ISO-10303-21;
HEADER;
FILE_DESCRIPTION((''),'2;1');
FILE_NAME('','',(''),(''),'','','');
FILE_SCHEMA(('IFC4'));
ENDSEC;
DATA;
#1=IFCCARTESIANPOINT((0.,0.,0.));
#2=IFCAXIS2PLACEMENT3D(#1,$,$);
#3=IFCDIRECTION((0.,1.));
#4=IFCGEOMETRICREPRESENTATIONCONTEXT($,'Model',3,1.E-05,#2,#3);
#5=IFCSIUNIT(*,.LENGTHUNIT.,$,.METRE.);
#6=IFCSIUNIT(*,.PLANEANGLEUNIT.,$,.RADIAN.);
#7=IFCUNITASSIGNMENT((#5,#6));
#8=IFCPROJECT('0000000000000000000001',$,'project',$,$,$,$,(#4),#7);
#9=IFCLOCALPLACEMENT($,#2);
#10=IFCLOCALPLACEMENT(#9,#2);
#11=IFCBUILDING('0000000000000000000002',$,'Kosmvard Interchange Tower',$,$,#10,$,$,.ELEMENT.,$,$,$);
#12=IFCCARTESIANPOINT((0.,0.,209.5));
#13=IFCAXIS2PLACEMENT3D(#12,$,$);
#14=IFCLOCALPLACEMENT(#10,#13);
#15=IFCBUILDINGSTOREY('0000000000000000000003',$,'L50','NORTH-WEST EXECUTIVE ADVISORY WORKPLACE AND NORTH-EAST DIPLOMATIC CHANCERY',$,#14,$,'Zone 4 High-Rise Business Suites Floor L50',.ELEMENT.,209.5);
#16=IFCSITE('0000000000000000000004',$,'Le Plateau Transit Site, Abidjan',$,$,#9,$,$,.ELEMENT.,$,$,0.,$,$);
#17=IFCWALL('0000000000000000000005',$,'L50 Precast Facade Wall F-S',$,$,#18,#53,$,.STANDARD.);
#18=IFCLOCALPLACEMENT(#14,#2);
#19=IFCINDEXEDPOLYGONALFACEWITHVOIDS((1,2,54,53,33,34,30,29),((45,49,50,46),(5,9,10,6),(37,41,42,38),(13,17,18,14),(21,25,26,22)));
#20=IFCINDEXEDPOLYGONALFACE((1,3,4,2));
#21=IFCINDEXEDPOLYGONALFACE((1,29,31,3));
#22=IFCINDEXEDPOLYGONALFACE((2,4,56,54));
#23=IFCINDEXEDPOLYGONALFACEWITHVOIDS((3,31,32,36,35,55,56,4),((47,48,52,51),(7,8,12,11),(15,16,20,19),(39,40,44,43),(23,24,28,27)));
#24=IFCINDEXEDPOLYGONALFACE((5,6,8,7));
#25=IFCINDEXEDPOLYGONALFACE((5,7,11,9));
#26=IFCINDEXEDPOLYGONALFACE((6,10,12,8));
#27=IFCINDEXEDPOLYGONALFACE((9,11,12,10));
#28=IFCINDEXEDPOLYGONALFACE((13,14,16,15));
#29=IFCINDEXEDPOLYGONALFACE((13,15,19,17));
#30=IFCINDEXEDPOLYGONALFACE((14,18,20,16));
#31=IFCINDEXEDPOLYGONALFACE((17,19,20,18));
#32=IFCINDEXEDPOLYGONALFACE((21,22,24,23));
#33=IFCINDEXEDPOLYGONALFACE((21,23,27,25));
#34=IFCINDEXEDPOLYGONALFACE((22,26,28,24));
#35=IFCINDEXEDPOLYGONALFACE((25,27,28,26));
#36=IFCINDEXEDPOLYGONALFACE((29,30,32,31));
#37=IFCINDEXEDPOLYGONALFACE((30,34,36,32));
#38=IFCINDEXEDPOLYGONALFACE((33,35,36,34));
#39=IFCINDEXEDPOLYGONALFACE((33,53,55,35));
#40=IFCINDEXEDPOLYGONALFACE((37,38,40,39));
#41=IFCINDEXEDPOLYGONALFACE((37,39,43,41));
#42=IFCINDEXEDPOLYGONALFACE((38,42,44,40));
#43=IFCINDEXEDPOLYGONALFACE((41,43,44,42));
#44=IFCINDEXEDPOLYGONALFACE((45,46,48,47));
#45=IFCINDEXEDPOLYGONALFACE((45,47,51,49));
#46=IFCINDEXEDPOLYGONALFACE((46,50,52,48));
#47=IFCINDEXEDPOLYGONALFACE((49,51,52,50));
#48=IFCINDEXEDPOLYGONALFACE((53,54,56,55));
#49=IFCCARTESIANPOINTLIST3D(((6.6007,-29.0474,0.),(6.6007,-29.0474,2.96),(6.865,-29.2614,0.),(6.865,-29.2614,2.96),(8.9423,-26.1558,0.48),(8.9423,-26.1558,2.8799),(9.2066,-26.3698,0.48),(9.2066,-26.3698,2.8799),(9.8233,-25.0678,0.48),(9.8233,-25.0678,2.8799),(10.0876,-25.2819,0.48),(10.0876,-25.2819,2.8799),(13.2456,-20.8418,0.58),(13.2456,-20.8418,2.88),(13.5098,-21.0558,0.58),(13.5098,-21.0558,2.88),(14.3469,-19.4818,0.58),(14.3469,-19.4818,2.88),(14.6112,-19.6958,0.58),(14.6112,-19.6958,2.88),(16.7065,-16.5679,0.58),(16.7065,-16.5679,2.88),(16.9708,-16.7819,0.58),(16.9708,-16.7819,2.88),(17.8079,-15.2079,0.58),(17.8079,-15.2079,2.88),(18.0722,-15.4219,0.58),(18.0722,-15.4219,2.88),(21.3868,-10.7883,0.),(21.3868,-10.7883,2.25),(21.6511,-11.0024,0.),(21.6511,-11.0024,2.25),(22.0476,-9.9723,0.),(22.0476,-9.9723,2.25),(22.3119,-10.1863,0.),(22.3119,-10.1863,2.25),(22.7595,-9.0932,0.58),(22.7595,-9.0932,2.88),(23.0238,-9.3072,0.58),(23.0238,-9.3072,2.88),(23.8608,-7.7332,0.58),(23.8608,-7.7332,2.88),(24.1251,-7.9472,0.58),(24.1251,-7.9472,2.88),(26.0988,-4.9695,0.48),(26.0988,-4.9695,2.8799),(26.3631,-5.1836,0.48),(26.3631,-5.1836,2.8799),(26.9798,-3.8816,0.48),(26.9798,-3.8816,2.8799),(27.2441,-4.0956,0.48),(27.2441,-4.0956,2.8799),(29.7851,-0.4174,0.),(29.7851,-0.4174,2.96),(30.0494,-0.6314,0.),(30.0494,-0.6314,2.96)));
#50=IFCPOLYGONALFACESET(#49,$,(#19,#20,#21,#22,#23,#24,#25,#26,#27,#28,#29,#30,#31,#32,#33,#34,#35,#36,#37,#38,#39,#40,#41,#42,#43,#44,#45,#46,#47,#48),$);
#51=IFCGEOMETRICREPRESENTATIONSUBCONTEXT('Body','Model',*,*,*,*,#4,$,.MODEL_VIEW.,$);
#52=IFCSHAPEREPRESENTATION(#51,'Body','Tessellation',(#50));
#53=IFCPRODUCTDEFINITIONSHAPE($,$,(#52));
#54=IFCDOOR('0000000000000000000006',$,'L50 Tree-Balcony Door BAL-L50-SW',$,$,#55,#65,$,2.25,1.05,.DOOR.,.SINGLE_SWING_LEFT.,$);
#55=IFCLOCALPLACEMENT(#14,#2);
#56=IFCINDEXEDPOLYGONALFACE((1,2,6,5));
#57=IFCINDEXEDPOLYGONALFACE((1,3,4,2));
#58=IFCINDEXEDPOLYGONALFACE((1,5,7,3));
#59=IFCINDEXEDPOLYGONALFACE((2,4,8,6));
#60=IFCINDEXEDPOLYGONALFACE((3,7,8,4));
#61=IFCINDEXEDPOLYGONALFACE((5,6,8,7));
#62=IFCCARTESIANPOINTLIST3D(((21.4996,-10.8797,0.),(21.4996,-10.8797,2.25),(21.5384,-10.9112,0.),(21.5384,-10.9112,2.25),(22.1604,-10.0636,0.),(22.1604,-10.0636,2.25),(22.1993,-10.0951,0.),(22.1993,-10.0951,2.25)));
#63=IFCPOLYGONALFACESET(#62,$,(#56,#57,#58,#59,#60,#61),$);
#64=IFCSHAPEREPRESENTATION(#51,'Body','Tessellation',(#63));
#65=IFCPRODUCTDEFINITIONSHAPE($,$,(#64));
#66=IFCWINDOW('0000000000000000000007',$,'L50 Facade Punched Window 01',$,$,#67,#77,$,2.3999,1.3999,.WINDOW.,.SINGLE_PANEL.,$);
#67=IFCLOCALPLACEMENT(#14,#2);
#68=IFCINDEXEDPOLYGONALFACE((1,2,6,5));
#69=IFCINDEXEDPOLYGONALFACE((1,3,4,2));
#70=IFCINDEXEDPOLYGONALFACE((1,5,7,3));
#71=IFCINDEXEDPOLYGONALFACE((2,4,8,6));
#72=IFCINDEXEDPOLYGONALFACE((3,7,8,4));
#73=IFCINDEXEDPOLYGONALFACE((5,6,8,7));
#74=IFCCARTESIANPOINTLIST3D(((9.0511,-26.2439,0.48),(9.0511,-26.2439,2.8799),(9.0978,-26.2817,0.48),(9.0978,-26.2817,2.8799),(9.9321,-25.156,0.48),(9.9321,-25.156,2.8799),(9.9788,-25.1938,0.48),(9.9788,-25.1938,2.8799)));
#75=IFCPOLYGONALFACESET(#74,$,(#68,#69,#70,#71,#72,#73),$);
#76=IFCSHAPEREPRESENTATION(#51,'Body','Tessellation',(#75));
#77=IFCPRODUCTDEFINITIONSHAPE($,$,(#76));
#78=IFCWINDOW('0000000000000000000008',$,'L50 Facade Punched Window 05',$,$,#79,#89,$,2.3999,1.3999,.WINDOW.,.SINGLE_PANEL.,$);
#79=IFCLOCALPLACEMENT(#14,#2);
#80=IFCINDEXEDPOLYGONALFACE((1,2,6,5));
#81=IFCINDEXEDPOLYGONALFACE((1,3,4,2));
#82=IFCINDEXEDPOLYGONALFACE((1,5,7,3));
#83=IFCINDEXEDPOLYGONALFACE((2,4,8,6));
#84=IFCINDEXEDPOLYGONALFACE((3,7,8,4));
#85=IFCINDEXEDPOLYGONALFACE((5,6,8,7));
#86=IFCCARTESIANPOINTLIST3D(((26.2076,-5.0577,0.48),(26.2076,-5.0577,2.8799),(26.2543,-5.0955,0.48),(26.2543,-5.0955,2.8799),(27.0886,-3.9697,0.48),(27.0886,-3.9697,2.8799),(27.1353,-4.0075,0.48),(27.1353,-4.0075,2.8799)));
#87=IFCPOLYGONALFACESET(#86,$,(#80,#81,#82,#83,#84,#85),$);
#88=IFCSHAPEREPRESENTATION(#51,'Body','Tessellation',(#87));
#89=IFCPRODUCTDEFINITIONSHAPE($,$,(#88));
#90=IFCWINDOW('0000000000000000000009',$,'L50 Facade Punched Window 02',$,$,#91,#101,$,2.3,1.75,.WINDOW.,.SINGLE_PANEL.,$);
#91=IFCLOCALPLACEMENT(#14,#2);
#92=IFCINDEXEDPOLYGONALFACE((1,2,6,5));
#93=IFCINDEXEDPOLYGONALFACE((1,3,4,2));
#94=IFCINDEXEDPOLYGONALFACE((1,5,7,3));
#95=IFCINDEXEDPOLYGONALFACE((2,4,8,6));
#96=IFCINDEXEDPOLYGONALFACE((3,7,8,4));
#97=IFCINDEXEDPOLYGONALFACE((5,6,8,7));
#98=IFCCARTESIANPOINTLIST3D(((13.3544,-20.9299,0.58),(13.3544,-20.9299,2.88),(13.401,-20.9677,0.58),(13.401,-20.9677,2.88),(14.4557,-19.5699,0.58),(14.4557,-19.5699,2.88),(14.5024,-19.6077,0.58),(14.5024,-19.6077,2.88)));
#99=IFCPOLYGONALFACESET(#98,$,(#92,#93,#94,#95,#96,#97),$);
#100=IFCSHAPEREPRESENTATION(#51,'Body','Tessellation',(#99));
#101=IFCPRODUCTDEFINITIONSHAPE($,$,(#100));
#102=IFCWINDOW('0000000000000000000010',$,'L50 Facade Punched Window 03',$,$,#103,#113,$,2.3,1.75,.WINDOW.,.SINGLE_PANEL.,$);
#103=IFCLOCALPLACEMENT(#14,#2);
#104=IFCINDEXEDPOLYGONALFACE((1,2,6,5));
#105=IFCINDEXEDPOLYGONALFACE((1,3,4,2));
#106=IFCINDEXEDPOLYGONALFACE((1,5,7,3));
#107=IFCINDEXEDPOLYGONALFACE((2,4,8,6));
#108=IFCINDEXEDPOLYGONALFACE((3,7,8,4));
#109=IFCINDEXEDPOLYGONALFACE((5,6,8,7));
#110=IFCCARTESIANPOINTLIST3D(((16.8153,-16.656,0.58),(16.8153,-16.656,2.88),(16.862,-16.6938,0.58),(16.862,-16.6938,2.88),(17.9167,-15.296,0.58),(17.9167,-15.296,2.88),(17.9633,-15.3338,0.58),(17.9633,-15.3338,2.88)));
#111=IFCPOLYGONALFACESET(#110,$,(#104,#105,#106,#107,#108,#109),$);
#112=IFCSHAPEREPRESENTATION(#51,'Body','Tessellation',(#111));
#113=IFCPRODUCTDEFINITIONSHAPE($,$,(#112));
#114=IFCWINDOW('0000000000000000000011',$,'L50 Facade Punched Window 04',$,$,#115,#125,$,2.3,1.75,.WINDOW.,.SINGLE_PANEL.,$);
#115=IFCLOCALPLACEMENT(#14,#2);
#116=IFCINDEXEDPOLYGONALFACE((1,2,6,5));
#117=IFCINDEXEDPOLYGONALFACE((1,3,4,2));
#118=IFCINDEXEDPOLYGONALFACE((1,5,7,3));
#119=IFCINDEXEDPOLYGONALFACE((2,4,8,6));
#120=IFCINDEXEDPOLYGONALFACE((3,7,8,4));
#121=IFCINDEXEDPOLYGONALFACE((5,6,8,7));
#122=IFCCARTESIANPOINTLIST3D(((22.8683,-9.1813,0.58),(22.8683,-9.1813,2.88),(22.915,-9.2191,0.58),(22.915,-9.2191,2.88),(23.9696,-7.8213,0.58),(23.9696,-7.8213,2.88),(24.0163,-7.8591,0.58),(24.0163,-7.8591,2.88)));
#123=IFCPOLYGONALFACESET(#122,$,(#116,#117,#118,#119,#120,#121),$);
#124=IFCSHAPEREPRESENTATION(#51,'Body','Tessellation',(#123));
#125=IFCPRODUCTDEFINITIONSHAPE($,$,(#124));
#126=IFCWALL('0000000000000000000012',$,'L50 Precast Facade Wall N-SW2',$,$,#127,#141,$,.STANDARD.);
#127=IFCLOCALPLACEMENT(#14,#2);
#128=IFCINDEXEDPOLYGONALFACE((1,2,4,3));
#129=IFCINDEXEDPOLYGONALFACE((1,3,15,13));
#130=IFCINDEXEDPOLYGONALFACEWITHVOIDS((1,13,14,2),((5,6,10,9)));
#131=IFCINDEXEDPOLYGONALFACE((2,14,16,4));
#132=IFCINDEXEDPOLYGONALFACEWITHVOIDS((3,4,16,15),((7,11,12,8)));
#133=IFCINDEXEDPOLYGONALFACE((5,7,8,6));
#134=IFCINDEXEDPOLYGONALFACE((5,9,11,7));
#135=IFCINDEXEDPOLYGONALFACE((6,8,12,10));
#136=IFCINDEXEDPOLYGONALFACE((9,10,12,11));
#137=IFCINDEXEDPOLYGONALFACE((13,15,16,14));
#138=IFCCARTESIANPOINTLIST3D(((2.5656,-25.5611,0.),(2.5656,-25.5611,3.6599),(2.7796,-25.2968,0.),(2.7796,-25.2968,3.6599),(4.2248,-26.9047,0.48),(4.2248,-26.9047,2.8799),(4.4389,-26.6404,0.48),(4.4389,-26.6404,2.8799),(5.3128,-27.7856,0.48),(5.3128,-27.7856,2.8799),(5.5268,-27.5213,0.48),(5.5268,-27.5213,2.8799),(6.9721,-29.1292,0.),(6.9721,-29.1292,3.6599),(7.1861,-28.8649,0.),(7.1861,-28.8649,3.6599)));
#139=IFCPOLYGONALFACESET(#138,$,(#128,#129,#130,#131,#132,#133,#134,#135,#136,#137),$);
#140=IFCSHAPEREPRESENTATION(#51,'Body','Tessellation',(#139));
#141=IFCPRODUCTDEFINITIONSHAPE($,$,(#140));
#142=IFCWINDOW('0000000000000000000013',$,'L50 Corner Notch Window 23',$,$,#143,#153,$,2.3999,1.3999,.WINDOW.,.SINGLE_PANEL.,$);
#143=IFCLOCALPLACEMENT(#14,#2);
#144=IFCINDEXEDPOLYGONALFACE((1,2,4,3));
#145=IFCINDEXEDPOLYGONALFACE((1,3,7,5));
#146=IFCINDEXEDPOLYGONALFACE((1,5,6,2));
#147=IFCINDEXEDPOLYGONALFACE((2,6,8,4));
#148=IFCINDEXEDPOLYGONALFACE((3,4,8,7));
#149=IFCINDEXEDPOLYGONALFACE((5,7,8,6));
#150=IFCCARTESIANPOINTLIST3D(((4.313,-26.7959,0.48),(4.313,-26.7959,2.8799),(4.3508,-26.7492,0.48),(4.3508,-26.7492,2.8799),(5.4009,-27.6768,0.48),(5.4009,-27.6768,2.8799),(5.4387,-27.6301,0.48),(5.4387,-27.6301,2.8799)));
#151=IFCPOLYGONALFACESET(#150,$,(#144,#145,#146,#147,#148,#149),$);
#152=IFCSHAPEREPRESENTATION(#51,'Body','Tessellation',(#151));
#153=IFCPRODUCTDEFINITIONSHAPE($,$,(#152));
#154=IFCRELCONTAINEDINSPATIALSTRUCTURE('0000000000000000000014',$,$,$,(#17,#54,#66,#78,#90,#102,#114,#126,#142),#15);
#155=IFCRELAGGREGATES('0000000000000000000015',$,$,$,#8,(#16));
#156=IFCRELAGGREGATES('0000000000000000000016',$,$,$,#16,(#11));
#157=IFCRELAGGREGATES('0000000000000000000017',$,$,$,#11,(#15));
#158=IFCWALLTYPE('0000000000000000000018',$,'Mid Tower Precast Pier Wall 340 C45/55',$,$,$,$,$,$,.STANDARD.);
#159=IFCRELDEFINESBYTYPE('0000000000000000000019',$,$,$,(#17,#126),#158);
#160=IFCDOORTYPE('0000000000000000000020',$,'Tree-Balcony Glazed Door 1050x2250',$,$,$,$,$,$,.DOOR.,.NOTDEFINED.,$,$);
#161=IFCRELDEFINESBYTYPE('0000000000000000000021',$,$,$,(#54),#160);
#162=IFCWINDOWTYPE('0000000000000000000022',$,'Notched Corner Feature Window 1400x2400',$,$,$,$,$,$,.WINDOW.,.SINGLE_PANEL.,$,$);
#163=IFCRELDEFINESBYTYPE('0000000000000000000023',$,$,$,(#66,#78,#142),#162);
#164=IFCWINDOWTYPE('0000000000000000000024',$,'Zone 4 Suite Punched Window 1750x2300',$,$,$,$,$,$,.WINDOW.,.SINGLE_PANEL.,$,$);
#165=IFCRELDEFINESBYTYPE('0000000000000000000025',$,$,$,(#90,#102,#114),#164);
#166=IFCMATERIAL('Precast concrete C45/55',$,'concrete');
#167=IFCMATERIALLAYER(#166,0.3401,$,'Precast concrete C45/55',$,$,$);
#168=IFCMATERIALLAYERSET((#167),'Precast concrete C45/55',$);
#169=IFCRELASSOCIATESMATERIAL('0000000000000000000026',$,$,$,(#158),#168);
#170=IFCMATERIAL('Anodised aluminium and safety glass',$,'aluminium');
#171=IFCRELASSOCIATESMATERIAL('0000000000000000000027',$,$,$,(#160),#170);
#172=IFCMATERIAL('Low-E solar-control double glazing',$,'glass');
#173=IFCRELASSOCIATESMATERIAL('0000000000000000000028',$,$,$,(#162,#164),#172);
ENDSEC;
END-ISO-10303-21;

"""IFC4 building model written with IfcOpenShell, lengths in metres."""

from ifc_helpers import new_model, si_unit, direction, frame, frame_2d, origin, place, context, subcontext, project, spatial, rectangle, extrude, source, transform, mapped, material, layer, layer_set, type_object, element, fill, save


model = new_model("IFC4")

# Units and contexts
model_context = context("Model", 3, precision=1e-05, world=origin(), true_north=direction((0.0, 1.0)))
body_context = subcontext(model_context, "Body", "Model", "MODEL_VIEW")
ifc_project = project(units=[si_unit("LENGTHUNIT", "METRE"), si_unit("PLANEANGLEUNIT", "RADIAN")], contexts=[model_context])

# Site, building, storey
site_placement = place(None, origin())
site = spatial("IfcSite", under=ifc_project, at=site_placement, Name="Le Plateau Transit Site, Abidjan", CompositionType="ELEMENT", RefElevation=0.0)
building_placement = place(site_placement, origin())
building = spatial("IfcBuilding", under=site, at=building_placement, Name="Kosmvard Interchange Tower", CompositionType="ELEMENT")
storey_placement = place(building_placement, frame((0.0, 0.0, 209.5)))
storey = spatial("IfcBuildingStorey", under=building, at=storey_placement, Name="L50", Description="NORTH-WEST EXECUTIVE ADVISORY WORKPLACE AND NORTH-EAST DIPLOMATIC CHANCERY", LongName="Zone 4 High-Rise Business Suites Floor L50", CompositionType="ELEMENT", Elevation=209.5)

# Wall, openings, door, windows
ifc_material_1 = material(Name="Precast concrete C45/55", Category="concrete")
ifc_layer_1 = layer(ifc_material_1, 0.3401, Name="Precast concrete C45/55")
ifc_layer_set_1 = layer_set([ifc_layer_1], Name="Precast concrete C45/55")
wall_type_1 = type_object("IfcWallType", Name="Mid Tower Precast Pier Wall 340 C45/55", PredefinedType="STANDARD", material=ifc_layer_set_1)
wall_1_placement = place(storey_placement, frame((6.7329, -29.1543, 0.0), z_axis=(0.0, 0.0, 1.0), x_axis=(0.629325, 0.777142, 0.0)))
wall_1 = element("IfcWall", 1, at=wall_1_placement, inside=storey, type_object=wall_type_1, Name="L50 Precast Facade Wall F-S", PredefinedType="STANDARD", context=body_context, shape_type="SweptSolid", body=[
    extrude(rectangle(XDim=36.8401, YDim=0.3401, at=frame_2d((18.4199, 0.0))), origin(), (0.0, 0.0, 1.0), 2.96),
])
opening_1_placement = place(wall_1_placement, frame((23.4951, 0.0, 0.0)))
opening_1 = element("IfcOpeningElement", 2, at=opening_1_placement, cuts=wall_1, PredefinedType="OPENING", context=body_context, shape_type="SweptSolid", body=[
    extrude(rectangle(XDim=1.05, YDim=2.25, at=frame_2d((0.5249, 1.125))), frame((0.0, 0.1802, 0.0), z_axis=(0.0, -1.0, 0.0), x_axis=(1.0, 0.0, 0.0)), (0.0, 0.0, 1.0), 0.3601),
])
opening_2_placement = place(wall_1_placement, frame((3.7207, 0.0, 0.48)))
opening_2 = element("IfcOpeningElement", 3, at=opening_2_placement, cuts=wall_1, PredefinedType="OPENING", context=body_context, shape_type="SweptSolid", body=[
    extrude(rectangle(XDim=1.3999, YDim=2.3999, at=frame_2d((0.7, 1.2))), frame((0.0, 0.1802, 0.0), z_axis=(0.0, -1.0, 0.0), x_axis=(1.0, 0.0, 0.0)), (0.0, 0.0, 1.0), 0.3601),
])
opening_3_placement = place(wall_1_placement, frame((10.5586, 0.0, 0.5801)))
opening_3 = element("IfcOpeningElement", 4, at=opening_3_placement, cuts=wall_1, PredefinedType="OPENING", context=body_context, shape_type="SweptSolid", body=[
    extrude(rectangle(XDim=1.75, YDim=2.3, at=frame_2d((0.875, 1.1499))), frame((0.0, 0.1802, 0.0), z_axis=(0.0, -1.0, 0.0), x_axis=(1.0, 0.0, 0.0)), (0.0, 0.0, 1.0), 0.3601),
])
opening_4_placement = place(wall_1_placement, frame((16.0581, 0.0, 0.5801)))
opening_4 = element("IfcOpeningElement", 5, at=opening_4_placement, cuts=wall_1, PredefinedType="OPENING", context=body_context, shape_type="SweptSolid", body=[
    extrude(rectangle(XDim=1.75, YDim=2.3, at=frame_2d((0.875, 1.1499))), frame((0.0, 0.1802, 0.0), z_axis=(0.0, -1.0, 0.0), x_axis=(1.0, 0.0, 0.0)), (0.0, 0.0, 1.0), 0.3601),
])
opening_5_placement = place(wall_1_placement, frame((25.6763, 0.0, 0.5801)))
opening_5 = element("IfcOpeningElement", 6, at=opening_5_placement, cuts=wall_1, PredefinedType="OPENING", context=body_context, shape_type="SweptSolid", body=[
    extrude(rectangle(XDim=1.75, YDim=2.3, at=frame_2d((0.875, 1.1499))), frame((0.0, 0.1802, 0.0), z_axis=(0.0, -1.0, 0.0), x_axis=(1.0, 0.0, 0.0)), (0.0, 0.0, 1.0), 0.3601),
])
opening_6_placement = place(wall_1_placement, frame((30.9824, 0.0, 0.48)))
opening_6 = element("IfcOpeningElement", 7, at=opening_6_placement, cuts=wall_1, PredefinedType="OPENING", context=body_context, shape_type="SweptSolid", body=[
    extrude(rectangle(XDim=1.3999, YDim=2.3999, at=frame_2d((0.7, 1.2))), frame((0.0, 0.1802, 0.0), z_axis=(0.0, -1.0, 0.0), x_axis=(1.0, 0.0, 0.0)), (0.0, 0.0, 1.0), 0.3601),
])
ifc_material_2 = material(Name="Anodised aluminium and safety glass", Category="aluminium")
door_type = type_object("IfcDoorType", Name="Tree-Balcony Glazed Door 1050x2250", OperationType="NOTDEFINED", PredefinedType="DOOR", material=ifc_material_2)
shared_shape_1 = source(origin(), body_context, "Body", "SweptSolid", [
    extrude(rectangle(XDim=1.05, YDim=2.25, at=frame_2d((0.5249, 1.125))), frame((0.0, 0.0249, 0.0), z_axis=(0.0, -1.0, 0.0), x_axis=(1.0, 0.0, 0.0)), (0.0, 0.0, 1.0), 0.05),
])
door_placement = place(opening_1_placement, origin())
door = element("IfcDoor", 8, at=door_placement, inside=storey, type_object=door_type, Name="L50 Tree-Balcony Door BAL-L50-SW", OperationType="SINGLE_SWING_LEFT", OverallHeight=2.25, OverallWidth=1.05, PredefinedType="DOOR", context=body_context, shape_type="MappedRepresentation", body=[
    mapped(shared_shape_1, transform((0.0, 0.0, 0.0), scale=1.0)),
])
fill(opening_1, door)
ifc_material_3 = material(Name="Low-E solar-control double glazing", Category="glass")
window_type_1 = type_object("IfcWindowType", Name="Notched Corner Feature Window 1400x2400", PartitioningType="SINGLE_PANEL", PredefinedType="WINDOW", material=ifc_material_3)
shared_shape_2 = source(origin(), body_context, "Body", "SweptSolid", [
    extrude(rectangle(XDim=1.3999, YDim=2.3999, at=frame_2d((0.7, 1.2))), frame((0.0, 0.03, 0.0), z_axis=(0.0, -1.0, 0.0), x_axis=(1.0, 0.0, 0.0)), (0.0, 0.0, 1.0), 0.0601),
])
window_1_placement = place(opening_2_placement, origin())
window_1 = element("IfcWindow", 9, at=window_1_placement, inside=storey, type_object=window_type_1, Name="L50 Facade Punched Window 01", OverallHeight=2.3999, OverallWidth=1.3999, PartitioningType="SINGLE_PANEL", PredefinedType="WINDOW", context=body_context, shape_type="MappedRepresentation", body=[
    mapped(shared_shape_2, transform((0.0, 0.0, 0.0), scale=1.0)),
])
fill(opening_2, window_1)
window_2_placement = place(opening_6_placement, origin())
window_2 = element("IfcWindow", 10, at=window_2_placement, inside=storey, type_object=window_type_1, Name="L50 Facade Punched Window 05", OverallHeight=2.3999, OverallWidth=1.3999, PartitioningType="SINGLE_PANEL", PredefinedType="WINDOW", context=body_context, shape_type="MappedRepresentation", body=[
    mapped(shared_shape_2, transform((0.0, 0.0, 0.0), scale=1.0)),
])
fill(opening_6, window_2)
window_type_2 = type_object("IfcWindowType", Name="Zone 4 Suite Punched Window 1750x2300", PartitioningType="SINGLE_PANEL", PredefinedType="WINDOW", material=ifc_material_3)
shared_shape_3 = source(origin(), body_context, "Body", "SweptSolid", [
    extrude(rectangle(XDim=1.75, YDim=2.3, at=frame_2d((0.875, 1.1499))), frame((0.0, 0.03, 0.0), z_axis=(0.0, -1.0, 0.0), x_axis=(1.0, 0.0, 0.0)), (0.0, 0.0, 1.0), 0.0601),
])
window_3_placement = place(opening_3_placement, origin())
window_3 = element("IfcWindow", 11, at=window_3_placement, inside=storey, type_object=window_type_2, Name="L50 Facade Punched Window 02", OverallHeight=2.3, OverallWidth=1.75, PartitioningType="SINGLE_PANEL", PredefinedType="WINDOW", context=body_context, shape_type="MappedRepresentation", body=[
    mapped(shared_shape_3, transform((0.0, 0.0, 0.0), scale=1.0)),
])
fill(opening_3, window_3)
window_4_placement = place(opening_4_placement, origin())
window_4 = element("IfcWindow", 12, at=window_4_placement, inside=storey, type_object=window_type_2, Name="L50 Facade Punched Window 03", OverallHeight=2.3, OverallWidth=1.75, PartitioningType="SINGLE_PANEL", PredefinedType="WINDOW", context=body_context, shape_type="MappedRepresentation", body=[
    mapped(shared_shape_3, transform((0.0, 0.0, 0.0), scale=1.0)),
])
fill(opening_4, window_4)
window_5_placement = place(opening_5_placement, origin())
window_5 = element("IfcWindow", 13, at=window_5_placement, inside=storey, type_object=window_type_2, Name="L50 Facade Punched Window 04", OverallHeight=2.3, OverallWidth=1.75, PartitioningType="SINGLE_PANEL", PredefinedType="WINDOW", context=body_context, shape_type="MappedRepresentation", body=[
    mapped(shared_shape_3, transform((0.0, 0.0, 0.0), scale=1.0)),
])
fill(opening_5, window_5)

# Wall, opening, window
wall_2_placement = place(storey_placement, frame((2.6726, -25.429, 0.0), z_axis=(0.0, 0.0, 1.0), x_axis=(0.777163, -0.6293, 0.0)))
wall_2 = element("IfcWall", 14, at=wall_2_placement, inside=storey, type_object=wall_type_1, Name="L50 Precast Facade Wall N-SW2", PredefinedType="STANDARD", context=body_context, shape_type="SweptSolid", body=[
    extrude(rectangle(XDim=5.6699, YDim=0.3401, at=frame_2d((2.835, 0.0))), origin(), (0.0, 0.0, 1.0), 3.6599),
])
opening_7_placement = place(wall_2_placement, frame((2.135, 0.0, 0.48)))
opening_7 = element("IfcOpeningElement", 15, at=opening_7_placement, cuts=wall_2, PredefinedType="OPENING", context=body_context, shape_type="SweptSolid", body=[
    extrude(rectangle(XDim=1.3999, YDim=2.3999, at=frame_2d((0.7, 1.2))), frame((0.0, 0.1802, 0.0), z_axis=(0.0, -1.0, 0.0), x_axis=(1.0, 0.0, 0.0)), (0.0, 0.0, 1.0), 0.3601),
])
window_6_placement = place(opening_7_placement, origin())
window_6 = element("IfcWindow", 16, at=window_6_placement, inside=storey, type_object=window_type_1, Name="L50 Corner Notch Window 23", OverallHeight=2.3999, OverallWidth=1.3999, PartitioningType="SINGLE_PANEL", PredefinedType="WINDOW", context=body_context, shape_type="MappedRepresentation", body=[
    mapped(shared_shape_2, transform((0.0, 0.0, 0.0), scale=1.0)),
])
fill(opening_7, window_6)

save(model, "model.ifc")
